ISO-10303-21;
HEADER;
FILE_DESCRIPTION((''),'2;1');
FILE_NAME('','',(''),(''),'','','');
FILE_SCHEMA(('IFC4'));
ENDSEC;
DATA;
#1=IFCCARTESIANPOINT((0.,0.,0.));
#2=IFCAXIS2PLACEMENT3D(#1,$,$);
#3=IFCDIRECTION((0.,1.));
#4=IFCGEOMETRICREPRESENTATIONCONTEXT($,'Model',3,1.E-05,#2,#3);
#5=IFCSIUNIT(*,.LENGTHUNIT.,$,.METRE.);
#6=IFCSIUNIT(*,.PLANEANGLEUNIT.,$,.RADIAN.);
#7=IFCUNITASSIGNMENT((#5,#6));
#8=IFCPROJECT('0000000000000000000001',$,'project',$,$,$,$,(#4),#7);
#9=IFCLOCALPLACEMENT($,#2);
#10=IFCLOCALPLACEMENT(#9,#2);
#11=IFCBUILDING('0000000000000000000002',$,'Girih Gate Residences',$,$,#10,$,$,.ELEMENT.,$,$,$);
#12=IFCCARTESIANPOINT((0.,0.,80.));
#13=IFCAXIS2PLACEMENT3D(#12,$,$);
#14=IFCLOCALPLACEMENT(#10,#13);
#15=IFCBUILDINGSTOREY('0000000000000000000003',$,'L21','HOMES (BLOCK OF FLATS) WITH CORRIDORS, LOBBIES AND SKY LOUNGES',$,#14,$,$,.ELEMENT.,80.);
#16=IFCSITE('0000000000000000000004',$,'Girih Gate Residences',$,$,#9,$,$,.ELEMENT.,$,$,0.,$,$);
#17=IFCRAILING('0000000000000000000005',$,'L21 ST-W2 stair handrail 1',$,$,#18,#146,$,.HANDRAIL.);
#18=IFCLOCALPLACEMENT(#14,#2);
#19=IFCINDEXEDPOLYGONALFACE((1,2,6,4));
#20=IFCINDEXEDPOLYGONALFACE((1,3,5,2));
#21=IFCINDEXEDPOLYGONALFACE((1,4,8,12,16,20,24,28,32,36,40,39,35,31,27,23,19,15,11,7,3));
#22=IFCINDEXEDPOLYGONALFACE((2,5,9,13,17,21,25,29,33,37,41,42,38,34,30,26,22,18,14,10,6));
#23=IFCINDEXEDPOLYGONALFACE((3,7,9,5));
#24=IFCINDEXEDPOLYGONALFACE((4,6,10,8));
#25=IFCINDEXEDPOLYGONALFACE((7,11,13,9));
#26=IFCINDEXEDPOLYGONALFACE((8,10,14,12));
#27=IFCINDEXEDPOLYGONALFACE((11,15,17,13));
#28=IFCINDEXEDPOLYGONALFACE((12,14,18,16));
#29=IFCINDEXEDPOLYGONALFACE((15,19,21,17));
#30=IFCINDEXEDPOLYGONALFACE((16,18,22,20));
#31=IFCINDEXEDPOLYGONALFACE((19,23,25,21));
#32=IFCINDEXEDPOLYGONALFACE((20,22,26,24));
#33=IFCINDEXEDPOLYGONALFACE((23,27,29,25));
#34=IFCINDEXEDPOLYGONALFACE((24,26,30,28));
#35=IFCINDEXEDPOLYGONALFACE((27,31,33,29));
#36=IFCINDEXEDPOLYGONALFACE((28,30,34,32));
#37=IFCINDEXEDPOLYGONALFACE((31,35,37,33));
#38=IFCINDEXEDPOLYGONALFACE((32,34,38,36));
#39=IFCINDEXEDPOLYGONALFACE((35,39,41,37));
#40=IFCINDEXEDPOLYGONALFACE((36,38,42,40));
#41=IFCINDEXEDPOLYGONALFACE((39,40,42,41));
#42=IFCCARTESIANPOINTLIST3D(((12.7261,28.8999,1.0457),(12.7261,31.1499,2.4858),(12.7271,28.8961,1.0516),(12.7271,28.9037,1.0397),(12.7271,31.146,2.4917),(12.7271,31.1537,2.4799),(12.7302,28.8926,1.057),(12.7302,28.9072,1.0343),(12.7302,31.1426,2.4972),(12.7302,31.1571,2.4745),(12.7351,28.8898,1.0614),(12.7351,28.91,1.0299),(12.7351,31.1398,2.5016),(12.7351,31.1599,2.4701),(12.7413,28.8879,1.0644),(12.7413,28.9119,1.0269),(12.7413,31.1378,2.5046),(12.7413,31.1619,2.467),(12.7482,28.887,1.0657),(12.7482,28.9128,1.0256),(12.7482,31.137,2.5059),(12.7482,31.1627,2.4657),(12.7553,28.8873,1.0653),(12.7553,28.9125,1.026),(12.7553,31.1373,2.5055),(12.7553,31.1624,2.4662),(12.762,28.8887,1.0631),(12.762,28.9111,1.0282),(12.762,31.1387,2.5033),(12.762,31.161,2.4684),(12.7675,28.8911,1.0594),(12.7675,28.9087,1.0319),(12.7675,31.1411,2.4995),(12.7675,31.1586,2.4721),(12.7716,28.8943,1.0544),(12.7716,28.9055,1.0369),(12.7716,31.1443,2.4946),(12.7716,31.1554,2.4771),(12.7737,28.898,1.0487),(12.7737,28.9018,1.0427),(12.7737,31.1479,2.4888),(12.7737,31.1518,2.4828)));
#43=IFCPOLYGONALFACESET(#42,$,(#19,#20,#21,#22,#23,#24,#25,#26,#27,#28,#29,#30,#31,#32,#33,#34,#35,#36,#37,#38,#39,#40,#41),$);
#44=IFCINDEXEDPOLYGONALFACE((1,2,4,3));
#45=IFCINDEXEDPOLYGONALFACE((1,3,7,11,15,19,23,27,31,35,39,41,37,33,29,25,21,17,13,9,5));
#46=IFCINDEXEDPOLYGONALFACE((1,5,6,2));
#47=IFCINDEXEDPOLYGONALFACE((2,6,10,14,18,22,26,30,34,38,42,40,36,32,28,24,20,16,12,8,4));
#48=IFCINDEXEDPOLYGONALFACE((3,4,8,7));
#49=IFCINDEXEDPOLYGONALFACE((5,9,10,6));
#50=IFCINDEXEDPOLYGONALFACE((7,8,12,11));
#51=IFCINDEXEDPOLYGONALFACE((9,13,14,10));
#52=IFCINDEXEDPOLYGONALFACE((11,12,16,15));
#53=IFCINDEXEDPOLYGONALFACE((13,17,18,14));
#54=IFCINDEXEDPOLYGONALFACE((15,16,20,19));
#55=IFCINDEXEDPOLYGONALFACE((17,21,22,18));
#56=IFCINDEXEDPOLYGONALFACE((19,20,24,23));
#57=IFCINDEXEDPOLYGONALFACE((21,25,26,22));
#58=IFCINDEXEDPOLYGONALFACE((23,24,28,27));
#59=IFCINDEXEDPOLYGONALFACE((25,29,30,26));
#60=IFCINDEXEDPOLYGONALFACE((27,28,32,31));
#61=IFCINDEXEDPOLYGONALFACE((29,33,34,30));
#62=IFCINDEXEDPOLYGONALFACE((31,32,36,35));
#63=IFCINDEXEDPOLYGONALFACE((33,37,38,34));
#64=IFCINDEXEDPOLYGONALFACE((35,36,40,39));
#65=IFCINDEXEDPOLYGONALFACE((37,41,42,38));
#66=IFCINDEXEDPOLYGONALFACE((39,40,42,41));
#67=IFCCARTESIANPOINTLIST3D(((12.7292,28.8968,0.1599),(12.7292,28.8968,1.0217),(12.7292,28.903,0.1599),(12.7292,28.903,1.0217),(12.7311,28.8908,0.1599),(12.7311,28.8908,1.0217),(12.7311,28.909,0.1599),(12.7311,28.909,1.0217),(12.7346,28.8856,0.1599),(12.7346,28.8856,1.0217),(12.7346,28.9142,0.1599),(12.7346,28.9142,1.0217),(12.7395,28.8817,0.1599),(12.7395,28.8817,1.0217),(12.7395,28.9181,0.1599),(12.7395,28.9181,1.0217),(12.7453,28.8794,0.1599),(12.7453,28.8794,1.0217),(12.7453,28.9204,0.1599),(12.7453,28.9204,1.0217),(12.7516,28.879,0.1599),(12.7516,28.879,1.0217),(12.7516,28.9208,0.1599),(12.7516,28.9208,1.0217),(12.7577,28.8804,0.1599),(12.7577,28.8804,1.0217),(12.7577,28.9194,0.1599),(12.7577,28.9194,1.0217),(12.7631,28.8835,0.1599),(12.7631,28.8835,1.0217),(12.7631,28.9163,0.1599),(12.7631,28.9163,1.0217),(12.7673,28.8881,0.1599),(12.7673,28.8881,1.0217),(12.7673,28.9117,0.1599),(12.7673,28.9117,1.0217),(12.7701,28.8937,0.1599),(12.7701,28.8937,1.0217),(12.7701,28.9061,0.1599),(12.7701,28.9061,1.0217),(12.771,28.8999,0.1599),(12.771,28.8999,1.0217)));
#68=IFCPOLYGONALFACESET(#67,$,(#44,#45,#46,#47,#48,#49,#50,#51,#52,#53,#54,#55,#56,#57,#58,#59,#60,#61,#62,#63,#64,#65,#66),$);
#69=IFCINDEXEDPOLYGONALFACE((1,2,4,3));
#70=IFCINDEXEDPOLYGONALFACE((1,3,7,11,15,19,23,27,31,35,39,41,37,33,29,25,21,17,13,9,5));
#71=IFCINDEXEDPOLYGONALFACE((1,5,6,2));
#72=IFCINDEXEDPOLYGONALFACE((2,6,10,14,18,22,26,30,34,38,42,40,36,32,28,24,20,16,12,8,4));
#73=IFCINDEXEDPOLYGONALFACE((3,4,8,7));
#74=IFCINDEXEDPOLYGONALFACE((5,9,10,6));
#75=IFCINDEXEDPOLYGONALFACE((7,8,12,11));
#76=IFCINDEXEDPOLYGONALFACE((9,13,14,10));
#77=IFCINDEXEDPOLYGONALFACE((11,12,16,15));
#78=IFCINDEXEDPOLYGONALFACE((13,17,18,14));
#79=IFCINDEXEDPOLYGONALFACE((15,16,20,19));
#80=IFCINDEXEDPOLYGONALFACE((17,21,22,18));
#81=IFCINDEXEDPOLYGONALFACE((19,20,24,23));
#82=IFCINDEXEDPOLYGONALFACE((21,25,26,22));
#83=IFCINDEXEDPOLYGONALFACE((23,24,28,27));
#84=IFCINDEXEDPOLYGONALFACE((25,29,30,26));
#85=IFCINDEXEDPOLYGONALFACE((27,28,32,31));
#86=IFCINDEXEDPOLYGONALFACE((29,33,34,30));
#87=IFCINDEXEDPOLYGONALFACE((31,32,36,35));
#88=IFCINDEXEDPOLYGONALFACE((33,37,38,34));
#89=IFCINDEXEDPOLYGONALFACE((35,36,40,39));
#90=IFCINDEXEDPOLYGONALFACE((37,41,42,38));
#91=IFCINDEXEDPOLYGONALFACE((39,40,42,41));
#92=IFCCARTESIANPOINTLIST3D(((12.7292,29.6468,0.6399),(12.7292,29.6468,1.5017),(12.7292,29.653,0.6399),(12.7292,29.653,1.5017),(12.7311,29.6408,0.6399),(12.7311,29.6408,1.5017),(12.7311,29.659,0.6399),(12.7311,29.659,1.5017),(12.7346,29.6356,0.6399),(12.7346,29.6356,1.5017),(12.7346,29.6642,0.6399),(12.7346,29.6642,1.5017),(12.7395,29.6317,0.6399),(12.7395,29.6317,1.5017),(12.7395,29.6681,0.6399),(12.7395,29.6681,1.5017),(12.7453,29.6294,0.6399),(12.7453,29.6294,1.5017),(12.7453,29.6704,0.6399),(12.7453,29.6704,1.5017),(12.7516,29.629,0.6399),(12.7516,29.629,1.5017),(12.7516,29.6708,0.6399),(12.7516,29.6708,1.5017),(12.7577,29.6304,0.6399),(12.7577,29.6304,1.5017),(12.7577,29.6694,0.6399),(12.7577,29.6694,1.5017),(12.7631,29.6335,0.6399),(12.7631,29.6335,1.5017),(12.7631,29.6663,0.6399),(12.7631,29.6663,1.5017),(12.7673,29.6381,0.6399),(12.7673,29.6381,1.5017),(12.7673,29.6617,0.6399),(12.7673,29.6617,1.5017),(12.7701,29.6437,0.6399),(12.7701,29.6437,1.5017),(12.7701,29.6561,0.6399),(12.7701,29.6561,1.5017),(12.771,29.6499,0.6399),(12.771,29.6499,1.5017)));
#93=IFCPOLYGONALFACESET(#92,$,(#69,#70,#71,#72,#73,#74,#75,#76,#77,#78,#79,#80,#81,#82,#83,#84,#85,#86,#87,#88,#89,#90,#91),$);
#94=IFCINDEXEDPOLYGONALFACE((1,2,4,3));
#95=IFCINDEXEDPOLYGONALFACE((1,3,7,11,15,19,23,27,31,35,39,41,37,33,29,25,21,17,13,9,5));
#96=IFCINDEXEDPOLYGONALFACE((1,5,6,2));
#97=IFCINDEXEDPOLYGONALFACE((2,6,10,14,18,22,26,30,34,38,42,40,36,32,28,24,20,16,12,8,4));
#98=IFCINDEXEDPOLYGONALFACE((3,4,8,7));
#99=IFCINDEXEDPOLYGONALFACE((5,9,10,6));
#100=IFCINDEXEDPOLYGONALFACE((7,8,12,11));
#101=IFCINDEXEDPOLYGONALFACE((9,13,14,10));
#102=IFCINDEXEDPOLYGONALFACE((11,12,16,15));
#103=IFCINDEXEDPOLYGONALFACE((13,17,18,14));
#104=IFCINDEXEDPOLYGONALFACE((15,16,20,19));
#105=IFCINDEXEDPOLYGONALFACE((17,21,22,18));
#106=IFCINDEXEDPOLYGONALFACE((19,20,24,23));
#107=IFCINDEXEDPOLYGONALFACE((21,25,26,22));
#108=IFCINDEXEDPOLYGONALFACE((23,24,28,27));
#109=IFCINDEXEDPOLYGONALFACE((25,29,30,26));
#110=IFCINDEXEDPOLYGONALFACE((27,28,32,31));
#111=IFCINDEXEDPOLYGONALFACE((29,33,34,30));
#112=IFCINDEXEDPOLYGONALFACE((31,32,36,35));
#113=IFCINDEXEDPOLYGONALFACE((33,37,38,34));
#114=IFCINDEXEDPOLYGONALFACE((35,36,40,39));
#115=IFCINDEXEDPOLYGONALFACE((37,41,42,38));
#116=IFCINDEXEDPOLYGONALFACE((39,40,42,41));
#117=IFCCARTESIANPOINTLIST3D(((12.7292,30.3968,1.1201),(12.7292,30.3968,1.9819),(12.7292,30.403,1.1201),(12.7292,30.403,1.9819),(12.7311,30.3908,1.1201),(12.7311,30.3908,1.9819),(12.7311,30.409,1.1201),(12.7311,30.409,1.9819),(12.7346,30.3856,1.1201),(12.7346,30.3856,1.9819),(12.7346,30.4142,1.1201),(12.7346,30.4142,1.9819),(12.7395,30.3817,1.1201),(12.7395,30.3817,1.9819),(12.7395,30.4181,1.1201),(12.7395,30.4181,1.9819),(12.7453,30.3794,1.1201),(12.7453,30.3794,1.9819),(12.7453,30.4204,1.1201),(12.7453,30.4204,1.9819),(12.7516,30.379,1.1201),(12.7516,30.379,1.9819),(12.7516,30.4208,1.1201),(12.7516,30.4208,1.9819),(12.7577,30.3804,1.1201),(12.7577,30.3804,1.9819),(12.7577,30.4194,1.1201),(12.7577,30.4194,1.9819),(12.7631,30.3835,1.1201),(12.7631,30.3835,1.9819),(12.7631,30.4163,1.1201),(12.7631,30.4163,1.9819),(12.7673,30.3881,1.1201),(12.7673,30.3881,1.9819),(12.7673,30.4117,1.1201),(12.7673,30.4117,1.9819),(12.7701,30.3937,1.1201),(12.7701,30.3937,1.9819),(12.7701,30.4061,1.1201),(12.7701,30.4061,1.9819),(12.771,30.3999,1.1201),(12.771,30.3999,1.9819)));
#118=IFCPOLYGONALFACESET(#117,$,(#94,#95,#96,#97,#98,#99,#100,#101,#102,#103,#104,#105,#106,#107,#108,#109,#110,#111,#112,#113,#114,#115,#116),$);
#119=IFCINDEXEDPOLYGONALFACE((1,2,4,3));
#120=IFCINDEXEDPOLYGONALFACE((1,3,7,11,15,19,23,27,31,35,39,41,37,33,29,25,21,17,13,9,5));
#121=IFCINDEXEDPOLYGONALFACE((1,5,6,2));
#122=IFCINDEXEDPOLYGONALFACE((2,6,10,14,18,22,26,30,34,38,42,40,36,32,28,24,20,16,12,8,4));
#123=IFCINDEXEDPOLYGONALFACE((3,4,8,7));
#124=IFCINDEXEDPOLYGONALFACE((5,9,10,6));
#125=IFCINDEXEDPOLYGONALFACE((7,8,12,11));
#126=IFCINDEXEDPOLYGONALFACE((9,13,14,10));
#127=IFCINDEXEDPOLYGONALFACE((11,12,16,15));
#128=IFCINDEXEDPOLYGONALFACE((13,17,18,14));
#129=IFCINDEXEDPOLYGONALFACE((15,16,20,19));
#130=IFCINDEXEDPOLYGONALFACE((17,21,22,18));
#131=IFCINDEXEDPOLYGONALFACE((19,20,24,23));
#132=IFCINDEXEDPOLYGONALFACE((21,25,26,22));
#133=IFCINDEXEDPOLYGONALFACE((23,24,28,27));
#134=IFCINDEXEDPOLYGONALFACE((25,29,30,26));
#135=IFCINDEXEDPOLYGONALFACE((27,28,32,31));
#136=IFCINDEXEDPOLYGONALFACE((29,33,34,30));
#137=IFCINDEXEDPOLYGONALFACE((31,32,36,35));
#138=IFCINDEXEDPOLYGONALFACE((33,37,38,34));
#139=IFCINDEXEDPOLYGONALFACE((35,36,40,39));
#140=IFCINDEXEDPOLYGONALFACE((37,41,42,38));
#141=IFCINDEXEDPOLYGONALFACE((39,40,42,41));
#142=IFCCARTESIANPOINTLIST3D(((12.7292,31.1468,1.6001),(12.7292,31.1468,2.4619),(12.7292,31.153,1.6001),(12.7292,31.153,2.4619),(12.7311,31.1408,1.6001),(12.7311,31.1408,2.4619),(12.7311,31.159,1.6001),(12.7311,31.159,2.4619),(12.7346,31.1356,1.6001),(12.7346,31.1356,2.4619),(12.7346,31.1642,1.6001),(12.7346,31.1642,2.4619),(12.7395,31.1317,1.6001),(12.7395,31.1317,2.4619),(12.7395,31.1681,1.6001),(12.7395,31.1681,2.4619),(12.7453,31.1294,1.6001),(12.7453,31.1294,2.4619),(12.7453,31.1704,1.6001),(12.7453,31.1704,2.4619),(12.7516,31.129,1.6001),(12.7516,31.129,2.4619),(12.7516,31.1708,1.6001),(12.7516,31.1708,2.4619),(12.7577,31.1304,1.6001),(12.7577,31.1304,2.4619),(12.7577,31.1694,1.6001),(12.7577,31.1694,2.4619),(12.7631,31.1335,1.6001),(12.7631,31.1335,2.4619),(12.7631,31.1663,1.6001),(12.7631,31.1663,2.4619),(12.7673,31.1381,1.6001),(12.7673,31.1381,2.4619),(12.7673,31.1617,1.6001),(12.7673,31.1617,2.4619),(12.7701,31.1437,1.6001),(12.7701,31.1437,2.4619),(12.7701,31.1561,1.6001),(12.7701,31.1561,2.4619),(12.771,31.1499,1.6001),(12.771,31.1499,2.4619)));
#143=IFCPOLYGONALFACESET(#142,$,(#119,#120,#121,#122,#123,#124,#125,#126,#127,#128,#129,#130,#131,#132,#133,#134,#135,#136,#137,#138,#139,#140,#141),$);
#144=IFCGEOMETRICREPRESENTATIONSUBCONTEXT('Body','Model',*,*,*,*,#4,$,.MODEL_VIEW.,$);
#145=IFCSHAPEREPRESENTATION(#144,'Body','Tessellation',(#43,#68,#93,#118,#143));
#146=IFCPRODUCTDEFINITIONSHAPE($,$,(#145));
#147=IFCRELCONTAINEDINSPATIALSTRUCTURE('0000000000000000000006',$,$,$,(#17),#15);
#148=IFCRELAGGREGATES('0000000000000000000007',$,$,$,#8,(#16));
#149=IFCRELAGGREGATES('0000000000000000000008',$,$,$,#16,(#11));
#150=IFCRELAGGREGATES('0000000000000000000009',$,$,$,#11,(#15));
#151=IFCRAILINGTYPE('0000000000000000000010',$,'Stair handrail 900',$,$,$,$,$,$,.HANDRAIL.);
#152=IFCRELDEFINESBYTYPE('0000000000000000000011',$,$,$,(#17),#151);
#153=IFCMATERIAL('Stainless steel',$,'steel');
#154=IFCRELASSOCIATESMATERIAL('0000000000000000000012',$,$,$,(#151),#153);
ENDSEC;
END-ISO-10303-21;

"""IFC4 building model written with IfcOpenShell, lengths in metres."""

from ifc_helpers import new_model, si_unit, direction, frame, origin, origin_2d, place, context, subcontext, project, spatial, circle, extrude, material, type_object, element, save


model = new_model("IFC4")

# Units and contexts
model_context = context("Model", 3, precision=1e-05, world=origin(), true_north=direction((0.0, 1.0)))
body_context = subcontext(model_context, "Body", "Model", "MODEL_VIEW")
ifc_project = project(units=[si_unit("LENGTHUNIT", "METRE"), si_unit("PLANEANGLEUNIT", "RADIAN")], contexts=[model_context])

# Site, building, storey
site_placement = place(None, origin())
site = spatial("IfcSite", under=ifc_project, at=site_placement, Name="Girih Gate Residences", CompositionType="ELEMENT", RefElevation=0.0)
building_placement = place(site_placement, origin())
building = spatial("IfcBuilding", under=site, at=building_placement, Name="Girih Gate Residences", CompositionType="ELEMENT")
storey_placement = place(building_placement, frame((0.0, 0.0, 80.0)))
storey = spatial("IfcBuildingStorey", under=building, at=storey_placement, Name="L21", Description="HOMES (BLOCK OF FLATS) WITH CORRIDORS, LOBBIES AND SKY LOUNGES", CompositionType="ELEMENT", Elevation=80.0)

# Railing
ifc_material_1 = material(Name="Stainless steel", Category="steel")
railing_type_1 = type_object("IfcRailingType", Name="Stair handrail 900", PredefinedType="HANDRAIL", material=ifc_material_1)
railing_1_placement = place(storey_placement, frame((12.75, 28.8999, 0.1599)))
element("IfcRailing", 1, at=railing_1_placement, inside=storey, type_object=railing_type_1, Name="L21 ST-W2 stair handrail 1", PredefinedType="HANDRAIL", context=body_context, shape_type="SweptSolid", body=[
    extrude(circle(Radius=0.0239, at=origin_2d()), frame((0.0, 0.0, 0.8857), z_axis=(0.0, 0.84224, 0.539103), x_axis=(-1.0, 0.0, 0.0)), (0.0, 0.0, 1.0), 2.6714),
    extrude(circle(Radius=0.021, at=origin_2d()), origin(), (0.0, 0.0, 1.0), 0.8618),
    extrude(circle(Radius=0.021, at=origin_2d()), frame((0.0, 0.75, 0.48)), (0.0, 0.0, 1.0), 0.8618),
    extrude(circle(Radius=0.021, at=origin_2d()), frame((0.0, 1.5, 0.9602)), (0.0, 0.0, 1.0), 0.8618),
    extrude(circle(Radius=0.021, at=origin_2d()), frame((0.0, 2.25, 1.4402)), (0.0, 0.0, 1.0), 0.8618),
])

save(model, "model.ifc")
